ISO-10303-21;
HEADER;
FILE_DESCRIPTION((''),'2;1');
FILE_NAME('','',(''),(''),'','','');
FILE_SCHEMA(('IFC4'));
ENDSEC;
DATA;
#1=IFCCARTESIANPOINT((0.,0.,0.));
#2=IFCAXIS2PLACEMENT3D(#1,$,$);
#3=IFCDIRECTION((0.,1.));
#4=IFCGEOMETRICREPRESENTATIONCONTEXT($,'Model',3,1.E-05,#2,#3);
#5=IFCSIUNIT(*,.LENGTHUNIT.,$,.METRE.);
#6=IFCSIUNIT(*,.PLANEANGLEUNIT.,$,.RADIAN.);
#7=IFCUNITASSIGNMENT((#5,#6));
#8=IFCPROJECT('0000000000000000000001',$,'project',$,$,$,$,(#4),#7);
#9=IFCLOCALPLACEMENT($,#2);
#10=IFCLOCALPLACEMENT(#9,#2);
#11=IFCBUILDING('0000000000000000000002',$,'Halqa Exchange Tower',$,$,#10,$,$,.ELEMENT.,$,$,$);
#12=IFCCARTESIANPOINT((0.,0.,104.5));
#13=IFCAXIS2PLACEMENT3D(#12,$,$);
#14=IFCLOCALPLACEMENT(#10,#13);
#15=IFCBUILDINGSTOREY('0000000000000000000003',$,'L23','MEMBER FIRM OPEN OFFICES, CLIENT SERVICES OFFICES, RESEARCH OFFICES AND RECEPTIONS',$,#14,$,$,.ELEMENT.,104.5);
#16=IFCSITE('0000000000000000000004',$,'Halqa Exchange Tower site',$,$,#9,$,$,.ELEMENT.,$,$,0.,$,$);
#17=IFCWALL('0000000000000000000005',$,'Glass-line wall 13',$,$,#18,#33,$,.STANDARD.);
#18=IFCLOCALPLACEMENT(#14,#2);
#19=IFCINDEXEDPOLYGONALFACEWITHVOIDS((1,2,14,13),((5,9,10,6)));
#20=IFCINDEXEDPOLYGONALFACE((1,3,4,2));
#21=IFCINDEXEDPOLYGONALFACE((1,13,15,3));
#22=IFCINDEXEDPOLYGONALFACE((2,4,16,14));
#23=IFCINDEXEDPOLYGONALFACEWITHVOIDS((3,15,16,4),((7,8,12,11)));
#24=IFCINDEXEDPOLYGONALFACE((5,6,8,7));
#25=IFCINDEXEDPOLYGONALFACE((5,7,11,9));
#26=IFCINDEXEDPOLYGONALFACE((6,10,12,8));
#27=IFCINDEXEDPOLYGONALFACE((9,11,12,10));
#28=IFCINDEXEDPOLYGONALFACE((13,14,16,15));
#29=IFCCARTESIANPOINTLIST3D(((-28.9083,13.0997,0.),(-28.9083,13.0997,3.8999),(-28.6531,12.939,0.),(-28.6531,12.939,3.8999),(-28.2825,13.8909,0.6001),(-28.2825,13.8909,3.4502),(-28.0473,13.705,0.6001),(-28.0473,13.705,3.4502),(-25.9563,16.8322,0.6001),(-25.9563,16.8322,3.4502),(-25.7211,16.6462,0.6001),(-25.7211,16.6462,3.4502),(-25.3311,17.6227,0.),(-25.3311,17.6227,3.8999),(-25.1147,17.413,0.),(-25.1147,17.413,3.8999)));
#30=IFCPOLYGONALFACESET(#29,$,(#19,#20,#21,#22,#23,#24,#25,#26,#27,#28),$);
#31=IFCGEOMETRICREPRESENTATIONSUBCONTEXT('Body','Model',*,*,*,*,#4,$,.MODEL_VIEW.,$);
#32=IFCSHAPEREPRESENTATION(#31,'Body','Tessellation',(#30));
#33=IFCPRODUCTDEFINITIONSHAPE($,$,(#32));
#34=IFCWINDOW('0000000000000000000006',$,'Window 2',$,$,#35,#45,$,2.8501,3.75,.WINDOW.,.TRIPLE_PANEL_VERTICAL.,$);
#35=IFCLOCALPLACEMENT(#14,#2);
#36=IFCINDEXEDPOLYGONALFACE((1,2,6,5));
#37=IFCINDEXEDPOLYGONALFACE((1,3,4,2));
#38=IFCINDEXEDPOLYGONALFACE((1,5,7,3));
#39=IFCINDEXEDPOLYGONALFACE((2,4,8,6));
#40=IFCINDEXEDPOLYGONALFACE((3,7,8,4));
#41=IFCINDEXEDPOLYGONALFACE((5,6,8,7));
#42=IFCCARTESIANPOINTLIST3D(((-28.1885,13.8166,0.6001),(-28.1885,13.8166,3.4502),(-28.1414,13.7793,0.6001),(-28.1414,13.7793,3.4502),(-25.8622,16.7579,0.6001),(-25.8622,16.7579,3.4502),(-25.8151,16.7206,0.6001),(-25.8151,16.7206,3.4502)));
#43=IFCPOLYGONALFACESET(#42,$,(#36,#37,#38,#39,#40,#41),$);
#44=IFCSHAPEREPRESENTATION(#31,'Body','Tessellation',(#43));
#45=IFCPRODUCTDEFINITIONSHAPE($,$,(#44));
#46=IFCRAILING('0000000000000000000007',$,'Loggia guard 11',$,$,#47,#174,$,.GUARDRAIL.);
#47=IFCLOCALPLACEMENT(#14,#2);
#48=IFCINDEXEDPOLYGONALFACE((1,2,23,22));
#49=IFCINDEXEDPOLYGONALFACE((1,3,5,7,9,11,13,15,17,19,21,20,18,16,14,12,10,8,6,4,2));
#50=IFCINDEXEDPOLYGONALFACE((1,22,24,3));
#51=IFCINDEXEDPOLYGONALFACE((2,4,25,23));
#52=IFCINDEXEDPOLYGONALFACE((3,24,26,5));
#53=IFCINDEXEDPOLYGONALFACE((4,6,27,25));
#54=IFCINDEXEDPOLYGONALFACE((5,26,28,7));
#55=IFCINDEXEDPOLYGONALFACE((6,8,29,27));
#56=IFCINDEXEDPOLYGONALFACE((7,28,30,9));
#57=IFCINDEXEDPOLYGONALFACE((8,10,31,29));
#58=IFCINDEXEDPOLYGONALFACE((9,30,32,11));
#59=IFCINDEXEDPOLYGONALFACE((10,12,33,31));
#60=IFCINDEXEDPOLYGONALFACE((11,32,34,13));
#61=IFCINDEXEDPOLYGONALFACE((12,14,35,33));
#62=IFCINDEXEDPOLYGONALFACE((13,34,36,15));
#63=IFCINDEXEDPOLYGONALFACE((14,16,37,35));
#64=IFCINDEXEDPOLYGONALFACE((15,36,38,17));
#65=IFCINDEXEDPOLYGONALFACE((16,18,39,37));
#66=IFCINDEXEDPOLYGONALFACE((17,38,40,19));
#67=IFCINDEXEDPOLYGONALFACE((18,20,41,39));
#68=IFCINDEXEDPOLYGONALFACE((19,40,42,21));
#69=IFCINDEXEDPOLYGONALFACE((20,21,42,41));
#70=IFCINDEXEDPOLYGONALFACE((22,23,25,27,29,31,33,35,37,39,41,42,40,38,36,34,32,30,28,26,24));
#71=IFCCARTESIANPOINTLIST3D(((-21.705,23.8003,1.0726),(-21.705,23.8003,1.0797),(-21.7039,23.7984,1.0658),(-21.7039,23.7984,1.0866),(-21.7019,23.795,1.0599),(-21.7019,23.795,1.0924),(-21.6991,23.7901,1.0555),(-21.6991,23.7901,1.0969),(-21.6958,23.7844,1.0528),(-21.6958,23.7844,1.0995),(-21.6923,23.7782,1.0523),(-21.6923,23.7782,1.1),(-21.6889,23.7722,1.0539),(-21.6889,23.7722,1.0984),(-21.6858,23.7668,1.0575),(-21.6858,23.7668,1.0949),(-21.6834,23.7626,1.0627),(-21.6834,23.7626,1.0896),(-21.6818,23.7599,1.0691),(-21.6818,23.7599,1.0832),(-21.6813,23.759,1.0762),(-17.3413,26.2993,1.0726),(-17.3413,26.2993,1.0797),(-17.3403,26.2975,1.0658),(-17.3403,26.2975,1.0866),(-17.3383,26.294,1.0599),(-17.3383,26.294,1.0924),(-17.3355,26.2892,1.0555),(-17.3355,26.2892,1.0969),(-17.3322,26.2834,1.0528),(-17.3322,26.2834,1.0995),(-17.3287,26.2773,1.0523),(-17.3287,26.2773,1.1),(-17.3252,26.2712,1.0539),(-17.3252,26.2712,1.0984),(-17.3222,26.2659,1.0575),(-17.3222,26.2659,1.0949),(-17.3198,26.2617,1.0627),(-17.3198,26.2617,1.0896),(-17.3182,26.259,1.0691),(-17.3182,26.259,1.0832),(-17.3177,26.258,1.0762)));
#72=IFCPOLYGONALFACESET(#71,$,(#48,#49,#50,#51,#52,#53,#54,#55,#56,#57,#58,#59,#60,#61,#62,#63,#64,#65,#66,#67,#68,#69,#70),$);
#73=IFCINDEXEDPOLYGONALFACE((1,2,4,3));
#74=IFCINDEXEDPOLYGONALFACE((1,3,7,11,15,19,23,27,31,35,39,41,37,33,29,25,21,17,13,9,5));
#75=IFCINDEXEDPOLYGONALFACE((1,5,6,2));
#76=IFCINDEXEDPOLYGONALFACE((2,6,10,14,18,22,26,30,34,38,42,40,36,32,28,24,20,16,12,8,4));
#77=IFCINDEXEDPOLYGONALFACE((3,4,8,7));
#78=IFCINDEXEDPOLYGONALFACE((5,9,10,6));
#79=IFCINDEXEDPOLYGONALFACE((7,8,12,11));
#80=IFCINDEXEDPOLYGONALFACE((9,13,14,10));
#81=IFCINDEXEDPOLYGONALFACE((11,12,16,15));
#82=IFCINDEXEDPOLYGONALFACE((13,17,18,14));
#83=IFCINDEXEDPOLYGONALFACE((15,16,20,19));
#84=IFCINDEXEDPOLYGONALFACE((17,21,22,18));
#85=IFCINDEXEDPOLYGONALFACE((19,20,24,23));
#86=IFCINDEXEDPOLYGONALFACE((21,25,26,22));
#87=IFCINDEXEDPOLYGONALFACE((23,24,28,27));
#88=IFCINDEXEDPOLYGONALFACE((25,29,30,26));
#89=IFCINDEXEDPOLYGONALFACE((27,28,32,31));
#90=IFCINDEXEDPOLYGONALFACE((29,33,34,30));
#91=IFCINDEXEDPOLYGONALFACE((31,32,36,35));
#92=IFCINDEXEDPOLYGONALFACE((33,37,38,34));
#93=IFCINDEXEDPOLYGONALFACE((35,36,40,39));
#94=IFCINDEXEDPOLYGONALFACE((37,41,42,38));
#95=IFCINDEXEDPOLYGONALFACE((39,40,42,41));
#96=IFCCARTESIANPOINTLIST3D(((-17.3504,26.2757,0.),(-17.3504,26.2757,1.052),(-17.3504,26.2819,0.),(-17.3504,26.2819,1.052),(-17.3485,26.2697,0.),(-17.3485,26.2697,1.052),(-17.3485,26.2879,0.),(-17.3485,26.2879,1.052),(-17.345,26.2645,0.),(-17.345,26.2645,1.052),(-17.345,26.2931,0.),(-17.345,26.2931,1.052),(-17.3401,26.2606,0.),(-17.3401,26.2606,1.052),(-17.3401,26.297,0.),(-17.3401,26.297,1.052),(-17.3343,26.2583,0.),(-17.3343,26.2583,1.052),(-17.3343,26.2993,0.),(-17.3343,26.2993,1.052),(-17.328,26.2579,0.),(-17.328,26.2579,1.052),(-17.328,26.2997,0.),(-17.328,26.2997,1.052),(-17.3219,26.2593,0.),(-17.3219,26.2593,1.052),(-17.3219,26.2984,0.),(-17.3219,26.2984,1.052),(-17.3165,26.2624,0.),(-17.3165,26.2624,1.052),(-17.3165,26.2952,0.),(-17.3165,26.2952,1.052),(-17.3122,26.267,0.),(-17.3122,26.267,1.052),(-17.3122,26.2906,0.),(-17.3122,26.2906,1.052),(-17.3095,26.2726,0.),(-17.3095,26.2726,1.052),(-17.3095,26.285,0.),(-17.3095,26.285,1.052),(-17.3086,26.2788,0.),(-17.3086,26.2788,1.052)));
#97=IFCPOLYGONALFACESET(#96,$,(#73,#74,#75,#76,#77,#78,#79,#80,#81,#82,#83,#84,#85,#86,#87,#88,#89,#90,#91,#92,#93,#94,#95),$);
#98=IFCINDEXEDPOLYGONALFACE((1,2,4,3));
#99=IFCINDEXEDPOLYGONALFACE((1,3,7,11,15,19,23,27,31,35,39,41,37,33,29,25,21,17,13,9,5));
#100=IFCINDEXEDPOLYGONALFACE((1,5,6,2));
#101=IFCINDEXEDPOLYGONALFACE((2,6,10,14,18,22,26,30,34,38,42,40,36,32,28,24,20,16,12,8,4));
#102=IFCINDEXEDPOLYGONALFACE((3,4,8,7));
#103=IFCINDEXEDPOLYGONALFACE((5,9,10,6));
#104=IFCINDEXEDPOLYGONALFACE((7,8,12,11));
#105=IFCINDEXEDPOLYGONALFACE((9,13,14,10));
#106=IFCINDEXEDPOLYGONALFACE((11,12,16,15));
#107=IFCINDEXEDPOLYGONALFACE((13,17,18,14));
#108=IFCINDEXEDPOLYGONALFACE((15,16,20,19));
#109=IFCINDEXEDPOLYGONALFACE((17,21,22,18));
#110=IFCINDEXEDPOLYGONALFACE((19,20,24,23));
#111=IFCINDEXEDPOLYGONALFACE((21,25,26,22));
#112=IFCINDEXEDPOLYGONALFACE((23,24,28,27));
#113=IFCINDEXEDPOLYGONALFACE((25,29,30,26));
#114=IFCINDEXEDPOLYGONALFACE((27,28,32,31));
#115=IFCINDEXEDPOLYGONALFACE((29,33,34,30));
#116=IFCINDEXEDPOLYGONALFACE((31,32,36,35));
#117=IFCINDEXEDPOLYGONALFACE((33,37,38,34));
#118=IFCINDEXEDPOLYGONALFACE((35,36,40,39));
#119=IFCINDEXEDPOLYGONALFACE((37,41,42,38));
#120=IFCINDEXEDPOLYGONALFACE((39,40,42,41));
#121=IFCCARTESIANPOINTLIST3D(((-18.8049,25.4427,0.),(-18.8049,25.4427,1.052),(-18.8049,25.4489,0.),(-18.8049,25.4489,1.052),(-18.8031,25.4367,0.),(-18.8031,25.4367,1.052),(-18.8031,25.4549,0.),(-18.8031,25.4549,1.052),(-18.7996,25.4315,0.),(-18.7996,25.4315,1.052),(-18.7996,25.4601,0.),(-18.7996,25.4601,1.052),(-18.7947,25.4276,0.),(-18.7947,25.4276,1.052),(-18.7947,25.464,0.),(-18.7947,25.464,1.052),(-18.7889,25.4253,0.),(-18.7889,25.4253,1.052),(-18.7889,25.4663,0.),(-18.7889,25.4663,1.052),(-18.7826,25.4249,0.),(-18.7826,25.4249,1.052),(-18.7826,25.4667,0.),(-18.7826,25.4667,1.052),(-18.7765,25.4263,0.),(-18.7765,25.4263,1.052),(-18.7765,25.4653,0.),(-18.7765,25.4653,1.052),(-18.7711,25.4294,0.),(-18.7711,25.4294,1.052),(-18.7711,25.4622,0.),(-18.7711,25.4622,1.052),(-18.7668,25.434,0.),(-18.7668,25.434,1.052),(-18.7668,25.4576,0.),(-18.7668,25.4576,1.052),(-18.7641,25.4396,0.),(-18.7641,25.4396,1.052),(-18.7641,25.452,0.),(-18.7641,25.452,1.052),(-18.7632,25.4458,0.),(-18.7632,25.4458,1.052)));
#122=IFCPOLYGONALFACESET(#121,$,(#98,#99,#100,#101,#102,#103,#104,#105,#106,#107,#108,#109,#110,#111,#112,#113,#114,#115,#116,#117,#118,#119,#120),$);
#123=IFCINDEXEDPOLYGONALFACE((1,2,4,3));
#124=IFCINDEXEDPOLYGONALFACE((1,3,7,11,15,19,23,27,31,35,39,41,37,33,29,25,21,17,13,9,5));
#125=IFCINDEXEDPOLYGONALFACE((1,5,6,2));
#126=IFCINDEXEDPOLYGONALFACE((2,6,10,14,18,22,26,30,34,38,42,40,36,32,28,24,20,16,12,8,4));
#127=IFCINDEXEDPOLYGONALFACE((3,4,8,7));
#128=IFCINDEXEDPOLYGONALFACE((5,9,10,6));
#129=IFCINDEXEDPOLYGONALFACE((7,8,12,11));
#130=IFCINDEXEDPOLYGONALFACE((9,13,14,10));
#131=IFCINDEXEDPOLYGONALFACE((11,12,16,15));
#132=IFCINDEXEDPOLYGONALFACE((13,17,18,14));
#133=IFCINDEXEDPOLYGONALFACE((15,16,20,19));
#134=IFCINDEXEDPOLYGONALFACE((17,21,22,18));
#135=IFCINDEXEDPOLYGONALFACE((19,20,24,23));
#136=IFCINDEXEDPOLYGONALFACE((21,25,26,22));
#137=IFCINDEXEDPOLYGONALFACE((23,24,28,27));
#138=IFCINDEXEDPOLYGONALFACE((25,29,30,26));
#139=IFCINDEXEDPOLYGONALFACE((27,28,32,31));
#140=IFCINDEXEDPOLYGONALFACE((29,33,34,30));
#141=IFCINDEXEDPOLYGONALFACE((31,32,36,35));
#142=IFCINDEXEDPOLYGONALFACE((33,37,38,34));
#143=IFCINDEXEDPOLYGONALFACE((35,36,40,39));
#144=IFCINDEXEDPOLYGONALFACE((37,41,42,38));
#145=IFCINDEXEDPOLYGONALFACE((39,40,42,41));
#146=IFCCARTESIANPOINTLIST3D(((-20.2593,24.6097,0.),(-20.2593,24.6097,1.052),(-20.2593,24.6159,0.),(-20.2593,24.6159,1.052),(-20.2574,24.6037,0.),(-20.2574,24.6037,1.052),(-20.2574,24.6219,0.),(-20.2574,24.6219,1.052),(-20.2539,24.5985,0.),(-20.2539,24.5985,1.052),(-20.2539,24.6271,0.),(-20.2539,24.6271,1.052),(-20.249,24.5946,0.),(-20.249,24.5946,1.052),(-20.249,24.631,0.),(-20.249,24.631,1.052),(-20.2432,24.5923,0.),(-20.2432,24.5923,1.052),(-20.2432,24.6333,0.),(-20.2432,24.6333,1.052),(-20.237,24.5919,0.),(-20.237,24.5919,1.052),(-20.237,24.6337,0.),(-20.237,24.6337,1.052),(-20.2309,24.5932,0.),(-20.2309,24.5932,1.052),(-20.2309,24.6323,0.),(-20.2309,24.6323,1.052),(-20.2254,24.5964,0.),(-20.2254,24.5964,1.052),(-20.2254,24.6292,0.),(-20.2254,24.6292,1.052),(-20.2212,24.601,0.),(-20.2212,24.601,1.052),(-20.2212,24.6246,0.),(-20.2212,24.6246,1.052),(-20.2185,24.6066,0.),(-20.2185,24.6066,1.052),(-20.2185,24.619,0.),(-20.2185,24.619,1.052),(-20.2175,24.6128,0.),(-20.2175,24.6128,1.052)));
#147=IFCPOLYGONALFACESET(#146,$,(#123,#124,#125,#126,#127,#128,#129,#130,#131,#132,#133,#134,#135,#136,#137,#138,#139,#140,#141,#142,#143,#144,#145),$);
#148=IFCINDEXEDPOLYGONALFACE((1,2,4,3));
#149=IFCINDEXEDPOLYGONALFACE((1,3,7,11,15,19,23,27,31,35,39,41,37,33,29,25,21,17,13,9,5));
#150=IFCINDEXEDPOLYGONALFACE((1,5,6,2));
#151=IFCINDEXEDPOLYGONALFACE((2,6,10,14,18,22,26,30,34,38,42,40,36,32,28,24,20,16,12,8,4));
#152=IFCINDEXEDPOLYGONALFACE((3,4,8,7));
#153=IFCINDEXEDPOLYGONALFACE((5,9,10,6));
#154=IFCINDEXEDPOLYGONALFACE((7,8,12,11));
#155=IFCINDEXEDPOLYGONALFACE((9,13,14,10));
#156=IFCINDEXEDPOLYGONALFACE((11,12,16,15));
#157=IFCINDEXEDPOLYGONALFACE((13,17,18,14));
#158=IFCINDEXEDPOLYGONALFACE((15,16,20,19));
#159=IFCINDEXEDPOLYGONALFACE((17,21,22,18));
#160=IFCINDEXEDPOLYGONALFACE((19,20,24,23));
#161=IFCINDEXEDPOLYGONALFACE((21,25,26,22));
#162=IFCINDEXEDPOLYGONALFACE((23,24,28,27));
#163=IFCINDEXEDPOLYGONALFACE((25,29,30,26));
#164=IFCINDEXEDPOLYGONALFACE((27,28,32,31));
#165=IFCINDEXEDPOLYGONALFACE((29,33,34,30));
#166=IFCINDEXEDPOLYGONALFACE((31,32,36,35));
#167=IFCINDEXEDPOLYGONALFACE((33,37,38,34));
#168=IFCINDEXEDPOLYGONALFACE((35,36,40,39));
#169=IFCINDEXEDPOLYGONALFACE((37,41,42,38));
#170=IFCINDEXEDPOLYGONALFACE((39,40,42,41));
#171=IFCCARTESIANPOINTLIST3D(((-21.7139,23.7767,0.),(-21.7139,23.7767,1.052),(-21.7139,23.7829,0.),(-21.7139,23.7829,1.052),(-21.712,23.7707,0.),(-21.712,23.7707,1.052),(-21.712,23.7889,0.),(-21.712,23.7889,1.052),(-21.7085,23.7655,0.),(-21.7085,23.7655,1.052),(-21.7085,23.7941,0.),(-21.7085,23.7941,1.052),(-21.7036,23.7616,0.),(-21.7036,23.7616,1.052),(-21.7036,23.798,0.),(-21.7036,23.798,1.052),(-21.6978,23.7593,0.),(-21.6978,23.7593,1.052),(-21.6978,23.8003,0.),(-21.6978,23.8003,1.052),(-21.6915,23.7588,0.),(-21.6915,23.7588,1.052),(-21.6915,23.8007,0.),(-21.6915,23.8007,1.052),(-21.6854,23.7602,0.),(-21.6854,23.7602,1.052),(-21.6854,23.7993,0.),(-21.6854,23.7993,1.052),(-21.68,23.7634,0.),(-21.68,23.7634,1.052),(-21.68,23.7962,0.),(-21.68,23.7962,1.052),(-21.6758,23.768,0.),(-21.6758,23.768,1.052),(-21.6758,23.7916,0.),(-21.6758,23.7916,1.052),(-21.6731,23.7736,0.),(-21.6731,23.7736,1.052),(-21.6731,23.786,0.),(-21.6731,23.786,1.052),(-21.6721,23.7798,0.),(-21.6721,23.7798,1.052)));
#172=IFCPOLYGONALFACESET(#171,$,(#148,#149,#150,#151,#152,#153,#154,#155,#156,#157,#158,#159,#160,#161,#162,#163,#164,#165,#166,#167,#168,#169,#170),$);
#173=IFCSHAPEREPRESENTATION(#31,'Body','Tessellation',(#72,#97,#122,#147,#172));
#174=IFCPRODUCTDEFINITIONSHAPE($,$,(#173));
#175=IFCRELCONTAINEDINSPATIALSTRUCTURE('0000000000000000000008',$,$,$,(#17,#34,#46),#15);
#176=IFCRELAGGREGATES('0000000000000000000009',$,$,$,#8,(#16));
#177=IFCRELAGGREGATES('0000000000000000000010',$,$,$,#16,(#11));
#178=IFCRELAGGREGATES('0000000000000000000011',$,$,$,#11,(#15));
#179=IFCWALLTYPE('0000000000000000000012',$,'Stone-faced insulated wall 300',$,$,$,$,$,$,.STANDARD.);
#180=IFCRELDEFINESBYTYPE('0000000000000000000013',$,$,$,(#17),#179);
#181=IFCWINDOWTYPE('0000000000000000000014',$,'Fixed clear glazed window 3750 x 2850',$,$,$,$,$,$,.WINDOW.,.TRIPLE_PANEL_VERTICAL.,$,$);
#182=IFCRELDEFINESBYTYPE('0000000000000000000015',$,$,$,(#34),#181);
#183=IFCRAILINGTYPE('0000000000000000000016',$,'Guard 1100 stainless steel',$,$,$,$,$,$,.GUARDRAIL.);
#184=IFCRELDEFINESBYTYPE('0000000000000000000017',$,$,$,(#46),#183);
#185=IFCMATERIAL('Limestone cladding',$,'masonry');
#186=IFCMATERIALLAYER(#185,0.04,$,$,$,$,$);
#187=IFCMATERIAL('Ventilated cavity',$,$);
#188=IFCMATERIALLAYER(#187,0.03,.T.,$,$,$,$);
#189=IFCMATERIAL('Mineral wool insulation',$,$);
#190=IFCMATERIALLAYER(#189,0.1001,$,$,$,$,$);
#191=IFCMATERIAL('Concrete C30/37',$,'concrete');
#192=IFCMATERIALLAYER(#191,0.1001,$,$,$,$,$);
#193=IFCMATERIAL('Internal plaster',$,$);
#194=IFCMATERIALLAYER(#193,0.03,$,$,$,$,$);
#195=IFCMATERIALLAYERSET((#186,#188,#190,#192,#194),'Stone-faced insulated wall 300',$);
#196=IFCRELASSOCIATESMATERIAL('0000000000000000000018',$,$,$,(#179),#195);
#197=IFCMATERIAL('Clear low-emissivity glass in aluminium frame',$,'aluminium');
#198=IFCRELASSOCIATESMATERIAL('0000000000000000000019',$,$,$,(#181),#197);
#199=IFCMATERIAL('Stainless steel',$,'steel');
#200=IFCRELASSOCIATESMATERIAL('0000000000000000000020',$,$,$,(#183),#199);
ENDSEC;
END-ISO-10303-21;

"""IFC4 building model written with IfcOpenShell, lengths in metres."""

from ifc_helpers import new_model, si_unit, direction, frame, frame_2d, origin, origin_2d, place, context, subcontext, project, spatial, polyline, rectangle, circle, outline, extrude, material, layer, layer_set, type_object, element, fill, save


model = new_model("IFC4")

# Units and contexts
model_context = context("Model", 3, precision=1e-05, world=origin(), true_north=direction((0.0, 1.0)))
body_context = subcontext(model_context, "Body", "Model", "MODEL_VIEW")
ifc_project = project(units=[si_unit("LENGTHUNIT", "METRE"), si_unit("PLANEANGLEUNIT", "RADIAN")], contexts=[model_context])

# Site, building, storey
site_placement = place(None, origin())
site = spatial("IfcSite", under=ifc_project, at=site_placement, Name="Halqa Exchange Tower site", CompositionType="ELEMENT", RefElevation=0.0)
building_placement = place(site_placement, origin())
building = spatial("IfcBuilding", under=site, at=building_placement, Name="Halqa Exchange Tower", CompositionType="ELEMENT")
storey_placement = place(building_placement, frame((0.0, 0.0, 104.5)))
storey = spatial("IfcBuildingStorey", under=building, at=storey_placement, Name="L23", Description="MEMBER FIRM OPEN OFFICES, CLIENT SERVICES OFFICES, RESEARCH OFFICES AND RECEPTIONS", CompositionType="ELEMENT", Elevation=104.5)

# Shared definitions
ifc_material_1 = material(Name="Limestone cladding", Category="masonry")
ifc_layer_1 = layer(ifc_material_1, 0.04)
ifc_material_2 = material(Name="Ventilated cavity")
ifc_layer_2 = layer(ifc_material_2, 0.03, ventilated=True)
ifc_material_3 = material(Name="Mineral wool insulation")
ifc_layer_3 = layer(ifc_material_3, 0.1001)
ifc_material_4 = material(Name="Concrete C30/37", Category="concrete")
ifc_layer_4 = layer(ifc_material_4, 0.1001)
ifc_material_5 = material(Name="Internal plaster")
ifc_layer_5 = layer(ifc_material_5, 0.03)
ifc_layer_set_1 = layer_set([ifc_layer_1, ifc_layer_2, ifc_layer_3, ifc_layer_4, ifc_layer_5], Name="Stone-faced insulated wall 300")
wall_type_1 = type_object("IfcWallType", Name="Stone-faced insulated wall 300", PredefinedType="STANDARD", material=ifc_layer_set_1)
ifc_material_6 = material(Name="Clear low-emissivity glass in aluminium frame", Category="aluminium")
window_type = type_object("IfcWindowType", Name="Fixed clear glazed window 3750 x 2850", PartitioningType="TRIPLE_PANEL_VERTICAL", PredefinedType="WINDOW", material=ifc_material_6)

# Wall, opening, window
wall_1_placement = place(storey_placement, frame((-25.2229, 17.5178, 0.0), z_axis=(0.0, 0.0, 1.0), x_axis=(-0.62033, -0.784341, 0.0)))
wall_1 = element("IfcWall", 1, at=wall_1_placement, inside=storey, type_object=wall_type_1, Name="Glass-line wall 13", PredefinedType="STANDARD", context=body_context, shape_type="SweptSolid", body=[
    extrude(outline(polyline([(-0.0151, -0.1499), (5.7515, -0.1499), (5.7192, 0.1499), (0.0151, 0.1499), (-0.0151, -0.1499)])), origin(), (0.0, 0.0, 1.0), 3.8999),
])
opening_1_placement = place(wall_1_placement, frame((0.9927, 0.0, 0.6001)))
opening_1 = element("IfcOpeningElement", 2, at=opening_1_placement, cuts=wall_1, PredefinedType="OPENING", context=body_context, shape_type="SweptSolid", body=[
    extrude(rectangle(XDim=3.75, YDim=2.8501, at=frame_2d((1.875, 1.425))), frame((0.0, 0.1621, 0.0), z_axis=(0.0, -1.0, 0.0), x_axis=(1.0, 0.0, 0.0)), (0.0, 0.0, 1.0), 0.324),
])
window_1_placement = place(opening_1_placement, origin())
window_1 = element("IfcWindow", 3, at=window_1_placement, inside=storey, type_object=window_type, Name="Window 2", OverallHeight=2.8501, OverallWidth=3.75, PartitioningType="TRIPLE_PANEL_VERTICAL", PredefinedType="WINDOW", context=body_context, shape_type="SweptSolid", body=[
    extrude(rectangle(XDim=3.75, YDim=2.8501, at=frame_2d((1.875, 1.425))), frame((0.0, 0.03, 0.0), z_axis=(0.0, -1.0, 0.0), x_axis=(1.0, 0.0, 0.0)), (0.0, 0.0, 1.0), 0.0601),
])
fill(opening_1, window_1)

# Railing
ifc_material_7 = material(Name="Stainless steel", Category="steel")
railing_type = type_object("IfcRailingType", Name="Guard 1100 stainless steel", PredefinedType="GUARDRAIL", material=ifc_material_7)
railing_1_placement = place(storey_placement, frame((-17.3296, 26.2788, 0.0)))
element("IfcRailing", 4, at=railing_1_placement, inside=storey, type_object=railing_type, Name="Loggia guard 11", PredefinedType="GUARDRAIL", context=body_context, shape_type="SweptSolid", body=[
    extrude(circle(Radius=0.0239, at=origin_2d()), frame((0.0, 0.0, 1.0762), z_axis=(-0.867765, -0.496975, 0.0), x_axis=(0.496975, -0.867765, 0.0)), (0.0, 0.0, 1.0), 5.0286),
    extrude(circle(Radius=0.021, at=origin_2d()), origin(), (0.0, 0.0, 1.0), 1.052),
    extrude(circle(Radius=0.021, at=origin_2d()), frame((-1.4546, -0.833, 0.0)), (0.0, 0.0, 1.0), 1.052),
    extrude(circle(Radius=0.021, at=origin_2d()), frame((-2.9089, -1.666, 0.0)), (0.0, 0.0, 1.0), 1.052),
    extrude(circle(Radius=0.021, at=origin_2d()), frame((-4.3635, -2.499, 0.0)), (0.0, 0.0, 1.0), 1.052),
])

save(model, "model.ifc")
